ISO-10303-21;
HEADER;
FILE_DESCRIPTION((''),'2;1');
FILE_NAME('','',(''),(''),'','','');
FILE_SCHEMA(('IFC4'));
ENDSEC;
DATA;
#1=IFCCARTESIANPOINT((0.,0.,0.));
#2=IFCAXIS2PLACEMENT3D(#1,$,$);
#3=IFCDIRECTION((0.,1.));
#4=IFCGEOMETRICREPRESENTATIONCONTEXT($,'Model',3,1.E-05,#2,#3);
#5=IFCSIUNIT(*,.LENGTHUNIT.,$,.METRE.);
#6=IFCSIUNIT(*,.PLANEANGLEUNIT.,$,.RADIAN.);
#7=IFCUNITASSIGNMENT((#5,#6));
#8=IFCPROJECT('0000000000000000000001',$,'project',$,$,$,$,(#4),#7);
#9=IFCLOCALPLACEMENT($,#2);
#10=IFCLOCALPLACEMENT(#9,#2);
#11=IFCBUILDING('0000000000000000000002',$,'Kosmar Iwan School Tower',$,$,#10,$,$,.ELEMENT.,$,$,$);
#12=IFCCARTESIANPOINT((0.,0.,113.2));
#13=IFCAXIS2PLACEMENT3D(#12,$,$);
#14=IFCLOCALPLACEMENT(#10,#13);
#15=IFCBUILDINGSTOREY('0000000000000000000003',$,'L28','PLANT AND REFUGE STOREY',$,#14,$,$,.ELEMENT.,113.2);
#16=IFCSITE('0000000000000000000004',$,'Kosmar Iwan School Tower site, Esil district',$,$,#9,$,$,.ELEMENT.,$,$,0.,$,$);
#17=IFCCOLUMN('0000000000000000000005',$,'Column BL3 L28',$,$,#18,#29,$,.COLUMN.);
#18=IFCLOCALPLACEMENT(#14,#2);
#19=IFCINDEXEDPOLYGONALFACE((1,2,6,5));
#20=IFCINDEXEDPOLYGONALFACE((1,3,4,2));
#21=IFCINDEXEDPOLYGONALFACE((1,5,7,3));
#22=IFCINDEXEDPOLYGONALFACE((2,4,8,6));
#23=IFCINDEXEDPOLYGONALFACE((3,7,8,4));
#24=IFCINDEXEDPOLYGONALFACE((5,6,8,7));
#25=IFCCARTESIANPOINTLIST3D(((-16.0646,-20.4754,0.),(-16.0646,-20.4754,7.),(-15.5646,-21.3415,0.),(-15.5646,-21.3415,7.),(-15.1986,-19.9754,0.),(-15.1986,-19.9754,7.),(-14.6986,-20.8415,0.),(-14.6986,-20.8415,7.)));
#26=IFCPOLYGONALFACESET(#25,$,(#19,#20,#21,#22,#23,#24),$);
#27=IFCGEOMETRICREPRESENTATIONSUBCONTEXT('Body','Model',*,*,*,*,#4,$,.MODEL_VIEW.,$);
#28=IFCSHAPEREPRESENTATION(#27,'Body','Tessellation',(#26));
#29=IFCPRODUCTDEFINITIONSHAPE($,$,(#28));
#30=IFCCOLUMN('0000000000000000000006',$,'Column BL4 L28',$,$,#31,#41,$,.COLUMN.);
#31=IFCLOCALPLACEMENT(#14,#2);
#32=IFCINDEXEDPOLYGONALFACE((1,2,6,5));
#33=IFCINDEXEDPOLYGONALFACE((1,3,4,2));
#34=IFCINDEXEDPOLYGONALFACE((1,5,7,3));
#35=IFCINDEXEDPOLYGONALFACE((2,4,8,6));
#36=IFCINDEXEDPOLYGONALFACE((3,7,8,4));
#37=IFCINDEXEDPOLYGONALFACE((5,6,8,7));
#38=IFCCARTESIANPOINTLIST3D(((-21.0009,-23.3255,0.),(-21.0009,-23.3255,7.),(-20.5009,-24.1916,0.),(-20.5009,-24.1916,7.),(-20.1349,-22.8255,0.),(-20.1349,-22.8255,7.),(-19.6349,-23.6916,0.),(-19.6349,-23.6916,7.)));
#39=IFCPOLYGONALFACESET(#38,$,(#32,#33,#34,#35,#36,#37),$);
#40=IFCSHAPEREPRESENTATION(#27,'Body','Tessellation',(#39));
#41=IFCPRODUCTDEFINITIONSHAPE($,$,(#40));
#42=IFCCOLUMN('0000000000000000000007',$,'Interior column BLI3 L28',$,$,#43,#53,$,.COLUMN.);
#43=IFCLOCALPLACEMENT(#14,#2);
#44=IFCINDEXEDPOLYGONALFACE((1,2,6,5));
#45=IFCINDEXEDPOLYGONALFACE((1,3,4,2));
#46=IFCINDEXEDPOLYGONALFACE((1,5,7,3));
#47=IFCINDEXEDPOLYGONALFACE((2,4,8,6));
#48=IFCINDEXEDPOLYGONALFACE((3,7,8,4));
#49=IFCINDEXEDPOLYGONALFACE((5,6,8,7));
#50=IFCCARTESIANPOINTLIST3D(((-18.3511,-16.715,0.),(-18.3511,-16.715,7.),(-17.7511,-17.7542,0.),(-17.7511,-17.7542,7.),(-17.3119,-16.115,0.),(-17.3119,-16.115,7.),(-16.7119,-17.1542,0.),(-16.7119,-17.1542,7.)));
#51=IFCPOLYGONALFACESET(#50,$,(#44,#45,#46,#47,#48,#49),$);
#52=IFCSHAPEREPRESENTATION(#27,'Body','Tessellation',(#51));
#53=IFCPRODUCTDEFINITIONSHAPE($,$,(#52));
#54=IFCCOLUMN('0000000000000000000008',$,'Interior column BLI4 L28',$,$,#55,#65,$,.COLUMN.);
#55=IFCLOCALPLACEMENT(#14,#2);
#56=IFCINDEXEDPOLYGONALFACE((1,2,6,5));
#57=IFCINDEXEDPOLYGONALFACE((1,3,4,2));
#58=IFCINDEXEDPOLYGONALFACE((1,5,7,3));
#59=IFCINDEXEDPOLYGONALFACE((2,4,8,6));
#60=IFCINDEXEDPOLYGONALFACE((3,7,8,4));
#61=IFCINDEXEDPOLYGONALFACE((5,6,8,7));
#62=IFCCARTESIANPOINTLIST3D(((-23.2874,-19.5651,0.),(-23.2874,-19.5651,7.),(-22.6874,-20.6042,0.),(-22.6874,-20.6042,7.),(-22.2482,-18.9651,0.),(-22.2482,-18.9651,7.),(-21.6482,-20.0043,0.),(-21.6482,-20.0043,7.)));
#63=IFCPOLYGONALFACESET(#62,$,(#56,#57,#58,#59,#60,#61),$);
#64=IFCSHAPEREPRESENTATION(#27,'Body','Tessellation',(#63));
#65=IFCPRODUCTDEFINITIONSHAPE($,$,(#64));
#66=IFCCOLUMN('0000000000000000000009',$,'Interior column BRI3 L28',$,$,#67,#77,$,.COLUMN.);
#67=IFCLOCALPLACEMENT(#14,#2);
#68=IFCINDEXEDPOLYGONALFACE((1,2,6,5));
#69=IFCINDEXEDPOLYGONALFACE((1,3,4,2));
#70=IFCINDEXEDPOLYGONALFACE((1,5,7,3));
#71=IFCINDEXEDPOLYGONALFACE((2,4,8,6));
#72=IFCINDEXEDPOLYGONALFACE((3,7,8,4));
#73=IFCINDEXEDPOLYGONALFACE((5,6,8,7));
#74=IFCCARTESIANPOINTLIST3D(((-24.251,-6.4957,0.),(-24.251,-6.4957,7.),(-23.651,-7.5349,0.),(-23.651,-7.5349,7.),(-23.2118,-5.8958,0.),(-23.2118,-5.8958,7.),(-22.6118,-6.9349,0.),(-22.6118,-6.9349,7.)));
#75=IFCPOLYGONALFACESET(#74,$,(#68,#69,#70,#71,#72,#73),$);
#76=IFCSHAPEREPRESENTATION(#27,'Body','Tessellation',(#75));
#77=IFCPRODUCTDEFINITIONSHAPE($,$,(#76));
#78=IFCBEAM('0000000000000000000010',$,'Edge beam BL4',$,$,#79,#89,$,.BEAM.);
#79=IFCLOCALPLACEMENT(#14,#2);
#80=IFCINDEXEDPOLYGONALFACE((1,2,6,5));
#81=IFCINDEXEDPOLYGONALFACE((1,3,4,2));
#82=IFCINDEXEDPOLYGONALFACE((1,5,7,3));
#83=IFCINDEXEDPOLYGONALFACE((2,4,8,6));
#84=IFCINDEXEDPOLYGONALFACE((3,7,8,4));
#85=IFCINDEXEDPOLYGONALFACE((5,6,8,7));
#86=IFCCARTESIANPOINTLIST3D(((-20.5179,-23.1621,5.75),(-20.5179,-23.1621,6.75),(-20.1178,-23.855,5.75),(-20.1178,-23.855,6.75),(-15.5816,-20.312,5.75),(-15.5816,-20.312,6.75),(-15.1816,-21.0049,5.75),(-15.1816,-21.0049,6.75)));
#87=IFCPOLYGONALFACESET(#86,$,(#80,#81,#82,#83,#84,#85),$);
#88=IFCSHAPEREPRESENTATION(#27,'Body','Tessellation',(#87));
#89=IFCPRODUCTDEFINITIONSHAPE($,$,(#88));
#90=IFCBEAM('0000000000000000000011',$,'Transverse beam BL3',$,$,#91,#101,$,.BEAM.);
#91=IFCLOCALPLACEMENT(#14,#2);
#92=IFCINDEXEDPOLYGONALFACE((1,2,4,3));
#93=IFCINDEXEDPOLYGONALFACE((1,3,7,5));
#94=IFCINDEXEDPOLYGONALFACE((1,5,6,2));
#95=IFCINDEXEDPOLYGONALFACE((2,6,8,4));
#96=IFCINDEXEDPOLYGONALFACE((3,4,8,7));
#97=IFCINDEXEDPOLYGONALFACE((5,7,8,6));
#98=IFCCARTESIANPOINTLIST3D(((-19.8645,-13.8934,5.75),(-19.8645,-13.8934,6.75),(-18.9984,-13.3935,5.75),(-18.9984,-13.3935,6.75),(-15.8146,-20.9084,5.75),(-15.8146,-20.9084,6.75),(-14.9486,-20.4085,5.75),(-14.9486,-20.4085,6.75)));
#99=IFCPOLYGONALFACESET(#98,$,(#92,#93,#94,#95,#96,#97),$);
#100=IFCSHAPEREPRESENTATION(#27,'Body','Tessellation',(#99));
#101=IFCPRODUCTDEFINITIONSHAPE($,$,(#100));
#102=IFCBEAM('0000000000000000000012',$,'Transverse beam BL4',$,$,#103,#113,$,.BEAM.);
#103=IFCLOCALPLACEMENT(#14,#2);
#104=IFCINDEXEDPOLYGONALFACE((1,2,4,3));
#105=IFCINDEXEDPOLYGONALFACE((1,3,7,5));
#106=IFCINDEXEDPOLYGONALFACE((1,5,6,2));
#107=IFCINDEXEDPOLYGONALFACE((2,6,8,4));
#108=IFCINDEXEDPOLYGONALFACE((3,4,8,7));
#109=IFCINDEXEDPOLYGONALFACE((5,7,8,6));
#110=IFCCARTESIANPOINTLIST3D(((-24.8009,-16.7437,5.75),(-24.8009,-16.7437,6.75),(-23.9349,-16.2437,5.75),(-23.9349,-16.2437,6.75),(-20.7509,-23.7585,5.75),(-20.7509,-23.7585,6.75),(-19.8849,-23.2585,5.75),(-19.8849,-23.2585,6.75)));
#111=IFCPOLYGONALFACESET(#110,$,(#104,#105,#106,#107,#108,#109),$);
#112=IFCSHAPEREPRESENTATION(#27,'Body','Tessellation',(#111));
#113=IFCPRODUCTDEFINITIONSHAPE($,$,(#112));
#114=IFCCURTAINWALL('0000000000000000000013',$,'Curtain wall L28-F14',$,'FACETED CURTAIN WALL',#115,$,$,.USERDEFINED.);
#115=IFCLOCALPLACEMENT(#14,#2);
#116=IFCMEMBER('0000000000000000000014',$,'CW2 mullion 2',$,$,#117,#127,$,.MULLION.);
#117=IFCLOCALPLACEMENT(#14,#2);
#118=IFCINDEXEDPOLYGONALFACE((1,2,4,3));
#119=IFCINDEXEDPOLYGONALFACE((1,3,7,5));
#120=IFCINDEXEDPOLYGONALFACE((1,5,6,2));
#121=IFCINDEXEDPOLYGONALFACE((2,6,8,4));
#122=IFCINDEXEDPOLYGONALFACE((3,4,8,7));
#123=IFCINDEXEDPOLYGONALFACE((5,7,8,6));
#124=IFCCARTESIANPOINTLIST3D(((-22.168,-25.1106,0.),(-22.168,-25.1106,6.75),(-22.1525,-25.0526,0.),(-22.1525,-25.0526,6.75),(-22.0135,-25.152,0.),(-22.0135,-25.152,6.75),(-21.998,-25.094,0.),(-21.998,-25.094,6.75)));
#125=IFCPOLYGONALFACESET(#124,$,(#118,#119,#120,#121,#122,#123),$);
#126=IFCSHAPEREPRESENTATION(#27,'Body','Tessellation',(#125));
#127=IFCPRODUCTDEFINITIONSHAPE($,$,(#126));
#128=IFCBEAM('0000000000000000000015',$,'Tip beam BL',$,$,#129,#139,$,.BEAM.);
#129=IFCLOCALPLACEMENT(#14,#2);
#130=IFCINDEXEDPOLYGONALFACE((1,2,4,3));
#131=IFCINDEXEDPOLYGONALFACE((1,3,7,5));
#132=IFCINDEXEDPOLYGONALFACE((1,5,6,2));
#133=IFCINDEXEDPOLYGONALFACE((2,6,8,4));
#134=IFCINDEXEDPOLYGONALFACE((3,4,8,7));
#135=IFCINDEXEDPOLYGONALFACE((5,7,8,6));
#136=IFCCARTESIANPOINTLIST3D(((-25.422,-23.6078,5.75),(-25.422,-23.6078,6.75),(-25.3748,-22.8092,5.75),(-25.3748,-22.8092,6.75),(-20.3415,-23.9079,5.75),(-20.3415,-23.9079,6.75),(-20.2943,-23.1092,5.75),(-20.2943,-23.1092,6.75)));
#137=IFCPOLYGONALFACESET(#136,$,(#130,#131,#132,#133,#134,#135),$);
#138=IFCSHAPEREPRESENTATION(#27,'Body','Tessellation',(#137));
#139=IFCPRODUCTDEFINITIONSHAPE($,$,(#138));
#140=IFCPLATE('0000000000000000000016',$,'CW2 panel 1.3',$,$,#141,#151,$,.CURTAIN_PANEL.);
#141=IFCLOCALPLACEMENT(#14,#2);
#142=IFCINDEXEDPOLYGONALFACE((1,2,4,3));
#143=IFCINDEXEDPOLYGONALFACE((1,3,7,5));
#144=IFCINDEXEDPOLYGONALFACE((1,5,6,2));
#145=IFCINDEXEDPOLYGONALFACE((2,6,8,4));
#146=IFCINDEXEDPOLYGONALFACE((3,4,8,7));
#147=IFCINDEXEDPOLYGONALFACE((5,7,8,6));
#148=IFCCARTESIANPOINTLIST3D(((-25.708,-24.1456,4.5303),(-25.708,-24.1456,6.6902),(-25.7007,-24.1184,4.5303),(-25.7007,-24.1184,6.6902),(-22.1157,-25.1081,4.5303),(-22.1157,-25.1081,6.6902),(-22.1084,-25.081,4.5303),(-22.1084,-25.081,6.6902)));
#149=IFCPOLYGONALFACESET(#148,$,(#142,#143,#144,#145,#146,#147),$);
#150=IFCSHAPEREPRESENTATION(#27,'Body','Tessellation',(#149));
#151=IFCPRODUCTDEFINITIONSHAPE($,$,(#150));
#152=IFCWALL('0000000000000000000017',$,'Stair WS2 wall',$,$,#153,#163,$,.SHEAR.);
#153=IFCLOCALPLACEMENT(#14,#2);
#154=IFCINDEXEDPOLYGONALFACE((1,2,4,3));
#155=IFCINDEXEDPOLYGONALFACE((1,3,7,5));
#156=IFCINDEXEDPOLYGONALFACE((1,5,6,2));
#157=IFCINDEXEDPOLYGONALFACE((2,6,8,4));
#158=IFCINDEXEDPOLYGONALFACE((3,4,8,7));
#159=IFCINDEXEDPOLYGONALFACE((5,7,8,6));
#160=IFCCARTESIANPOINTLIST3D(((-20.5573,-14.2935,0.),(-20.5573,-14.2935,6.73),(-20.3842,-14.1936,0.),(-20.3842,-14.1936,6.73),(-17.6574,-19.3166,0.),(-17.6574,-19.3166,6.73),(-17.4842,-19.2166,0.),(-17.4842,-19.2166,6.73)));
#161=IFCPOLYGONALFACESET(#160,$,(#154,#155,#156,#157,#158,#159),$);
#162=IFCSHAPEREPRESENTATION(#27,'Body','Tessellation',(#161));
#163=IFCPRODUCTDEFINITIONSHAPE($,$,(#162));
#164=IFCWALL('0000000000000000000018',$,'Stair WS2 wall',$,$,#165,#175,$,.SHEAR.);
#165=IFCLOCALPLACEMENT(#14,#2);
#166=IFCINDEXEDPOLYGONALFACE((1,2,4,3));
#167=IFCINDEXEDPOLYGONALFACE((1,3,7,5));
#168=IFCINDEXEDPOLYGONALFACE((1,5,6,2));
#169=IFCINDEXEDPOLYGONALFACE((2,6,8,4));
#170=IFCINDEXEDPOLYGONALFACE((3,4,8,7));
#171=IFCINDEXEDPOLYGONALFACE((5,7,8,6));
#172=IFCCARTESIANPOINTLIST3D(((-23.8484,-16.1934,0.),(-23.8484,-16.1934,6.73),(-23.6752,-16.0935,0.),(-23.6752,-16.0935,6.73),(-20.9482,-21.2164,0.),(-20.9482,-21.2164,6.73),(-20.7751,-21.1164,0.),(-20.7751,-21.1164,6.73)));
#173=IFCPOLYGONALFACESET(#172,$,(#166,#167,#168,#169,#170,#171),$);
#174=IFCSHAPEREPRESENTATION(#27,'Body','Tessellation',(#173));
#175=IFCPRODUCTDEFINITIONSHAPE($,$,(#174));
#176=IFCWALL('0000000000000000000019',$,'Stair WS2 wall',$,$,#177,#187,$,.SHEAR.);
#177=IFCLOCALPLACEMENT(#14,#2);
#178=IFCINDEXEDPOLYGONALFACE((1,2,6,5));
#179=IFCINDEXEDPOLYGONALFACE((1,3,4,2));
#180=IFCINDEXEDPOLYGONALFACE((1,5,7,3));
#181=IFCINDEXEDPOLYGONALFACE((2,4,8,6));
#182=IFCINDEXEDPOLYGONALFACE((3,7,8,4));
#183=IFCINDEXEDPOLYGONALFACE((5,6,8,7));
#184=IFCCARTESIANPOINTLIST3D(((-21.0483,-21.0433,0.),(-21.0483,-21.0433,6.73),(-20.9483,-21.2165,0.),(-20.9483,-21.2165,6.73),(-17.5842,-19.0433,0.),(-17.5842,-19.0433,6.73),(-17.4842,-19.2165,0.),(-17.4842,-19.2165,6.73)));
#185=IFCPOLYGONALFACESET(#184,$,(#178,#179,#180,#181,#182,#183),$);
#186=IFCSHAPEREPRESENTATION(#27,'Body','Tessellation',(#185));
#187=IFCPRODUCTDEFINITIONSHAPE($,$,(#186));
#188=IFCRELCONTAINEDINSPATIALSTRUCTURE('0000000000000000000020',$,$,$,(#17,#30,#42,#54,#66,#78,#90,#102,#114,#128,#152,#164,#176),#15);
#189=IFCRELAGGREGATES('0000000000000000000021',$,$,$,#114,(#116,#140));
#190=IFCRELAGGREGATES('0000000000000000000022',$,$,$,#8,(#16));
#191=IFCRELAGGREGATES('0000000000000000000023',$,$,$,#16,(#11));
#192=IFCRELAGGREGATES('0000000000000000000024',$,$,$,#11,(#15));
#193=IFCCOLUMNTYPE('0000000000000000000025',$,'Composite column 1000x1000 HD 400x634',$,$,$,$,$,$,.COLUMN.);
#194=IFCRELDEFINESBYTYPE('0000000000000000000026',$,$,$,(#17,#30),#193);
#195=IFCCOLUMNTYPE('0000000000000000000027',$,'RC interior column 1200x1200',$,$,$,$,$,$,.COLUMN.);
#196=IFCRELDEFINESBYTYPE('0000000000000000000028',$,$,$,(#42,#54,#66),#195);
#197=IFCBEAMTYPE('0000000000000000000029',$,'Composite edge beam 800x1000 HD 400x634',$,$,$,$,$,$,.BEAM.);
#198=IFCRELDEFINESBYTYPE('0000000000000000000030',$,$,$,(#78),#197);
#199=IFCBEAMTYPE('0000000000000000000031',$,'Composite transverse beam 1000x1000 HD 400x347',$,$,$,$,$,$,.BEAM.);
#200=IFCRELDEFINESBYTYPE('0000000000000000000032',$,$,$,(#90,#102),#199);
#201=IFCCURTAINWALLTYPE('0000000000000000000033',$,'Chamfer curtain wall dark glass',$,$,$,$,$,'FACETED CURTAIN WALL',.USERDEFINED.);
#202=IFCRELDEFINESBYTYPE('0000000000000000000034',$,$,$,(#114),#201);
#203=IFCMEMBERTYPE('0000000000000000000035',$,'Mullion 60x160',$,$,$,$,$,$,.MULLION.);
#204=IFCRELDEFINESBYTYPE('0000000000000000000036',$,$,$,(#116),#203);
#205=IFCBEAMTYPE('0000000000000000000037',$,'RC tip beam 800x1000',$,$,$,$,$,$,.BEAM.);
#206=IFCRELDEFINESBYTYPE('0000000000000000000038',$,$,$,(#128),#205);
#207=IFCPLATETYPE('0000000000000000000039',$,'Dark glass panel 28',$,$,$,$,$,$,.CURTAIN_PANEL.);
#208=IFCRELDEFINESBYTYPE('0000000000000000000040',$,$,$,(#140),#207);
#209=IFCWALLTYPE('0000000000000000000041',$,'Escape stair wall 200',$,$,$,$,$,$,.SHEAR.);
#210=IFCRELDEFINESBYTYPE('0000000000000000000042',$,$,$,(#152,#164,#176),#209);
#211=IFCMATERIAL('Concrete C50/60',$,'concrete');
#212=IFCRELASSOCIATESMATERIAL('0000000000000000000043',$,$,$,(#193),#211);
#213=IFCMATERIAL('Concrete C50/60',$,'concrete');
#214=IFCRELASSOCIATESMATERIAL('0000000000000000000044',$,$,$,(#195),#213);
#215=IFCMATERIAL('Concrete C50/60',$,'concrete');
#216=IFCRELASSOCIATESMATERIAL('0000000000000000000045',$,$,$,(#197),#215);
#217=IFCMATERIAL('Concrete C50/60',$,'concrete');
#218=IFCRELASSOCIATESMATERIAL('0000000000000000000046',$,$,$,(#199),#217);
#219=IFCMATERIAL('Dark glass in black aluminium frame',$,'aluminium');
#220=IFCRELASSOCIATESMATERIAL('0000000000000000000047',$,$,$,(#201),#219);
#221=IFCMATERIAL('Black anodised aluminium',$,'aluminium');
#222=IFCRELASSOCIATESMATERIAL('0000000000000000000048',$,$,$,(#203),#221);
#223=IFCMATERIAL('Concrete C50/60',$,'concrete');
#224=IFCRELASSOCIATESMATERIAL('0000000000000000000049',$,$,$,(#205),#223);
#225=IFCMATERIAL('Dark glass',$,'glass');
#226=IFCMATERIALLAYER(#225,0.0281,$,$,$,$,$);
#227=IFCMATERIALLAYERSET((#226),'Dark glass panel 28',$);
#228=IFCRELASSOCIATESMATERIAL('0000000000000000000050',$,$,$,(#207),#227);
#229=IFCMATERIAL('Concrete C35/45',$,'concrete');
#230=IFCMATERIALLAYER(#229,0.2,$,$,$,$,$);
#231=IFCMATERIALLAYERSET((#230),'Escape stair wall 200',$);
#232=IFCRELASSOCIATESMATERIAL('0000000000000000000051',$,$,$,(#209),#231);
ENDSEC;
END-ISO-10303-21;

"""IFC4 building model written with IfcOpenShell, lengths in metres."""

from ifc_helpers import new_model, si_unit, direction, frame, frame_2d, origin, origin_2d, place, context, subcontext, project, spatial, rectangle, extrude, material, layer, layer_set, material_profile, profile_set, type_object, element, aggregate, save


model = new_model("IFC4")

# Units and contexts
model_context = context("Model", 3, precision=1e-05, world=origin(), true_north=direction((0.0, 1.0)))
body_context = subcontext(model_context, "Body", "Model", "MODEL_VIEW")
ifc_project = project(units=[si_unit("LENGTHUNIT", "METRE"), si_unit("PLANEANGLEUNIT", "RADIAN")], contexts=[model_context])

# Site, building, storey
site_placement = place(None, origin())
site = spatial("IfcSite", under=ifc_project, at=site_placement, Name="Kosmar Iwan School Tower site, Esil district", CompositionType="ELEMENT", RefElevation=0.0)
building_placement = place(site_placement, origin())
building = spatial("IfcBuilding", under=site, at=building_placement, Name="Kosmar Iwan School Tower", CompositionType="ELEMENT")
storey_placement = place(building_placement, frame((0.0, 0.0, 113.2)))
storey = spatial("IfcBuildingStorey", under=building, at=storey_placement, Name="L28", Description="PLANT AND REFUGE STOREY", CompositionType="ELEMENT", Elevation=113.2)

# Columns
ifc_material_1 = material(Name="Concrete C50/60", Category="concrete")
ifc_material_profile_1 = material_profile(ifc_material_1, rectangle(XDim=1.0, YDim=1.0, at=origin_2d()), Name="RC 1000x1000 + HD 400x634")
ifc_profile_set_1 = profile_set([ifc_material_profile_1], Name="Concrete C50/60")
column_type_1 = type_object("IfcColumnType", Name="Composite column 1000x1000 HD 400x634", PredefinedType="COLUMN", material=ifc_profile_set_1)
for number, where, z_axis, x_axis, name in (
    (1, (-15.3816, -20.6584, 0.0), (0.0, 0.0, 1.0), (-0.866025, -0.5, 0.0), "Column BL3 L28"),
    (2, (-20.3179, -23.5085, 0.0), (0.0, 0.0, 1.0), (-0.866025, -0.5, 0.0), "Column BL4 L28"),
):
    element("IfcColumn", number, at=place(storey_placement, frame(where, z_axis=z_axis, x_axis=x_axis)), inside=storey, type_object=column_type_1, Name=name, PredefinedType="COLUMN", context=body_context, shape_type="SweptSolid", body=[
        extrude(rectangle(XDim=1.0, YDim=1.0, at=origin_2d()), origin(), (0.0, 0.0, 1.0), 7.0),
    ])
ifc_material_2 = material(Name="Concrete C50/60", Category="concrete")
ifc_material_profile_2 = material_profile(ifc_material_2, rectangle(XDim=1.2, YDim=1.2, at=origin_2d()), Name="RC 1200x1200")
ifc_profile_set_2 = profile_set([ifc_material_profile_2], Name="Concrete C50/60")
column_type_2 = type_object("IfcColumnType", Name="RC interior column 1200x1200", PredefinedType="COLUMN", material=ifc_profile_set_2)
for number, where, z_axis, x_axis, name in (
    (3, (-17.5315, -16.9346, 0.0), (0.0, 0.0, 1.0), (-0.866025, -0.5, 0.0), "Interior column BLI3 L28"),
    (4, (-22.4678, -19.7847, 0.0), (0.0, 0.0, 1.0), (-0.866025, -0.5, 0.0), "Interior column BLI4 L28"),
    (5, (-23.4314, -6.7153, 0.0), (0.0, 0.0, 1.0), (-0.866025, -0.5, 0.0), "Interior column BRI3 L28"),
):
    element("IfcColumn", number, at=place(storey_placement, frame(where, z_axis=z_axis, x_axis=x_axis)), inside=storey, type_object=column_type_2, Name=name, PredefinedType="COLUMN", context=body_context, shape_type="SweptSolid", body=[
        extrude(rectangle(XDim=1.2, YDim=1.2, at=origin_2d()), origin(), (0.0, 0.0, 1.0), 7.0),
    ])

# Beams
ifc_material_3 = material(Name="Concrete C50/60", Category="concrete")
ifc_material_profile_3 = material_profile(ifc_material_3, rectangle(XDim=0.8, YDim=1.0, at=origin_2d()), Name="RC 800x1000 + HD 400x634")
ifc_profile_set_3 = profile_set([ifc_material_profile_3], Name="Concrete C50/60")
beam_type_1 = type_object("IfcBeamType", Name="Composite edge beam 800x1000 HD 400x634", PredefinedType="BEAM", material=ifc_profile_set_3)
beam_1_placement = place(storey_placement, frame((-15.3816, -20.6584, 6.25), z_axis=(-0.866015, -0.500018, 0.0), x_axis=(0.500018, -0.866015, 0.0)))
element("IfcBeam", 6, at=beam_1_placement, inside=storey, type_object=beam_type_1, Name="Edge beam BL4", PredefinedType="BEAM", context=body_context, shape_type="SweptSolid", body=[
    extrude(rectangle(XDim=0.8, YDim=1.0, at=origin_2d()), origin(), (0.0, 0.0, 1.0), 5.7),
])
ifc_material_4 = material(Name="Concrete C50/60", Category="concrete")
ifc_material_profile_4 = material_profile(ifc_material_4, rectangle(XDim=1.0, YDim=1.0, at=origin_2d()), Name="RC 1000x1000 + HD 400x347")
ifc_profile_set_4 = profile_set([ifc_material_profile_4], Name="Concrete C50/60")
beam_type_2 = type_object("IfcBeamType", Name="Composite transverse beam 1000x1000 HD 400x347", PredefinedType="BEAM", material=ifc_profile_set_4)
for number, where, z_axis, x_axis, name in (
    (7, (-15.3816, -20.6584, 6.25), (-0.499977, 0.866039, 0.0), (-0.866039, -0.499977, 0.0), "Transverse beam BL3"),
    (8, (-20.3179, -23.5085, 6.25), (-0.5, 0.866025, 0.0), (-0.866025, -0.5, 0.0), "Transverse beam BL4"),
):
    element("IfcBeam", number, at=place(storey_placement, frame(where, z_axis=z_axis, x_axis=x_axis)), inside=storey, type_object=beam_type_2, Name=name, PredefinedType="BEAM", context=body_context, shape_type="SweptSolid", body=[
        extrude(rectangle(XDim=1.0, YDim=1.0, at=origin_2d()), origin(), (0.0, 0.0, 1.0), 8.1001),
    ])

# Curtain wall, member
ifc_material_5 = material(Name="Dark glass in black aluminium frame", Category="aluminium")
curtain_wall_type = type_object("IfcCurtainWallType", Name="Chamfer curtain wall dark glass", ElementType="FACETED CURTAIN WALL", PredefinedType="USERDEFINED", material=ifc_material_5)
curtain_wall_placement = place(storey_placement, origin())
curtain_wall = element("IfcCurtainWall", 9, at=curtain_wall_placement, inside=storey, type_object=curtain_wall_type, Name="Curtain wall L28-F14", ObjectType="FACETED CURTAIN WALL", PredefinedType="USERDEFINED")
ifc_material_6 = material(Name="Black anodised aluminium", Category="aluminium")
ifc_material_profile_5 = material_profile(ifc_material_6, rectangle(XDim=0.0601, YDim=0.1599, at=origin_2d()), Name="MULLION 60x160")
ifc_profile_set_5 = profile_set([ifc_material_profile_5], Name="Black anodised aluminium")
member_type = type_object("IfcMemberType", Name="Mullion 60x160", PredefinedType="MULLION", material=ifc_profile_set_5)
member_placement = place(storey_placement, frame((-22.083, -25.1023, 0.0), z_axis=(0.0, 0.0, 1.0), x_axis=(0.258819, 0.965926, 0.0)))
member = element("IfcMember", 10, at=member_placement, type_object=member_type, Name="CW2 mullion 2", PredefinedType="MULLION", context=body_context, shape_type="SweptSolid", body=[
    extrude(rectangle(XDim=0.0601, YDim=0.1599, at=origin_2d()), origin(), (0.0, 0.0, 1.0), 6.75),
])

# Beam
ifc_material_7 = material(Name="Concrete C50/60", Category="concrete")
ifc_material_profile_6 = material_profile(ifc_material_7, rectangle(XDim=0.8, YDim=1.0, at=origin_2d()), Name="RC 800x1000")
ifc_profile_set_6 = profile_set([ifc_material_profile_6], Name="Concrete C50/60")
beam_type_3 = type_object("IfcBeamType", Name="RC tip beam 800x1000", PredefinedType="BEAM", material=ifc_profile_set_6)
beam_2_placement = place(storey_placement, frame((-20.3179, -23.5085, 6.25), z_axis=(-0.998261, 0.058955, 0.0), x_axis=(-0.058955, -0.998261, 0.0)))
element("IfcBeam", 11, at=beam_2_placement, inside=storey, type_object=beam_type_3, Name="Tip beam BL", PredefinedType="BEAM", context=body_context, shape_type="SweptSolid", body=[
    extrude(rectangle(XDim=0.8, YDim=1.0, at=origin_2d()), origin(), (0.0, 0.0, 1.0), 5.0894),
])

# Plate
ifc_material_8 = material(Name="Dark glass", Category="glass")
ifc_layer_1 = layer(ifc_material_8, 0.0281)
ifc_layer_set_1 = layer_set([ifc_layer_1], Name="Dark glass panel 28")
plate_type = type_object("IfcPlateType", Name="Dark glass panel 28", PredefinedType="CURTAIN_PANEL", material=ifc_layer_set_1)
plate_placement = place(storey_placement, frame((-23.9082, -24.6133, 4.5303), z_axis=(0.0, 0.0, 1.0), x_axis=(0.965926, -0.258819, 0.0)))
plate = element("IfcPlate", 12, at=plate_placement, type_object=plate_type, Name="CW2 panel 1.3", PredefinedType="CURTAIN_PANEL", context=body_context, shape_type="SweptSolid", body=[
    extrude(rectangle(XDim=3.719, YDim=0.0281, at=origin_2d()), origin(), (0.0, 0.0, 1.0), 2.1599),
])
aggregate(curtain_wall, [member, plate])

# Walls
ifc_material_9 = material(Name="Concrete C35/45", Category="concrete")
ifc_layer_2 = layer(ifc_material_9, 0.2)
ifc_layer_set_2 = layer_set([ifc_layer_2], Name="Escape stair wall 200")
wall_type_1 = type_object("IfcWallType", Name="Escape stair wall 200", PredefinedType="SHEAR", material=ifc_layer_set_2)
for number, where, z_axis, x_axis, name in (
    (13, (-20.4707, -14.2437, 0.0), (0.0, 0.0, 1.0), (0.499987, -0.866033, 0.0), "Stair WS2 wall"),
    (14, (-23.7617, -16.1436, 0.0), (0.0, 0.0, 1.0), (0.500019, -0.866015, 0.0), "Stair WS2 wall"),
):
    element("IfcWall", number, at=place(storey_placement, frame(where, z_axis=z_axis, x_axis=x_axis)), inside=storey, type_object=wall_type_1, Name=name, PredefinedType="SHEAR", context=body_context, shape_type="SweptSolid", body=[
        extrude(rectangle(XDim=5.8, YDim=0.2, at=frame_2d((2.8999, 0.0))), origin(), (0.0, 0.0, 1.0), 6.73),
    ])
wall_1_placement = place(storey_placement, frame((-17.5342, -19.1299, 0.0), z_axis=(0.0, 0.0, 1.0), x_axis=(-0.866026, -0.499999, 0.0)))
element("IfcWall", 15, at=wall_1_placement, inside=storey, type_object=wall_type_1, Name="Stair WS2 wall", PredefinedType="SHEAR", context=body_context, shape_type="SweptSolid", body=[
    extrude(rectangle(XDim=4.0, YDim=0.2, at=frame_2d((2.0, 0.0))), origin(), (0.0, 0.0, 1.0), 6.73),
])

save(model, "model.ifc")
